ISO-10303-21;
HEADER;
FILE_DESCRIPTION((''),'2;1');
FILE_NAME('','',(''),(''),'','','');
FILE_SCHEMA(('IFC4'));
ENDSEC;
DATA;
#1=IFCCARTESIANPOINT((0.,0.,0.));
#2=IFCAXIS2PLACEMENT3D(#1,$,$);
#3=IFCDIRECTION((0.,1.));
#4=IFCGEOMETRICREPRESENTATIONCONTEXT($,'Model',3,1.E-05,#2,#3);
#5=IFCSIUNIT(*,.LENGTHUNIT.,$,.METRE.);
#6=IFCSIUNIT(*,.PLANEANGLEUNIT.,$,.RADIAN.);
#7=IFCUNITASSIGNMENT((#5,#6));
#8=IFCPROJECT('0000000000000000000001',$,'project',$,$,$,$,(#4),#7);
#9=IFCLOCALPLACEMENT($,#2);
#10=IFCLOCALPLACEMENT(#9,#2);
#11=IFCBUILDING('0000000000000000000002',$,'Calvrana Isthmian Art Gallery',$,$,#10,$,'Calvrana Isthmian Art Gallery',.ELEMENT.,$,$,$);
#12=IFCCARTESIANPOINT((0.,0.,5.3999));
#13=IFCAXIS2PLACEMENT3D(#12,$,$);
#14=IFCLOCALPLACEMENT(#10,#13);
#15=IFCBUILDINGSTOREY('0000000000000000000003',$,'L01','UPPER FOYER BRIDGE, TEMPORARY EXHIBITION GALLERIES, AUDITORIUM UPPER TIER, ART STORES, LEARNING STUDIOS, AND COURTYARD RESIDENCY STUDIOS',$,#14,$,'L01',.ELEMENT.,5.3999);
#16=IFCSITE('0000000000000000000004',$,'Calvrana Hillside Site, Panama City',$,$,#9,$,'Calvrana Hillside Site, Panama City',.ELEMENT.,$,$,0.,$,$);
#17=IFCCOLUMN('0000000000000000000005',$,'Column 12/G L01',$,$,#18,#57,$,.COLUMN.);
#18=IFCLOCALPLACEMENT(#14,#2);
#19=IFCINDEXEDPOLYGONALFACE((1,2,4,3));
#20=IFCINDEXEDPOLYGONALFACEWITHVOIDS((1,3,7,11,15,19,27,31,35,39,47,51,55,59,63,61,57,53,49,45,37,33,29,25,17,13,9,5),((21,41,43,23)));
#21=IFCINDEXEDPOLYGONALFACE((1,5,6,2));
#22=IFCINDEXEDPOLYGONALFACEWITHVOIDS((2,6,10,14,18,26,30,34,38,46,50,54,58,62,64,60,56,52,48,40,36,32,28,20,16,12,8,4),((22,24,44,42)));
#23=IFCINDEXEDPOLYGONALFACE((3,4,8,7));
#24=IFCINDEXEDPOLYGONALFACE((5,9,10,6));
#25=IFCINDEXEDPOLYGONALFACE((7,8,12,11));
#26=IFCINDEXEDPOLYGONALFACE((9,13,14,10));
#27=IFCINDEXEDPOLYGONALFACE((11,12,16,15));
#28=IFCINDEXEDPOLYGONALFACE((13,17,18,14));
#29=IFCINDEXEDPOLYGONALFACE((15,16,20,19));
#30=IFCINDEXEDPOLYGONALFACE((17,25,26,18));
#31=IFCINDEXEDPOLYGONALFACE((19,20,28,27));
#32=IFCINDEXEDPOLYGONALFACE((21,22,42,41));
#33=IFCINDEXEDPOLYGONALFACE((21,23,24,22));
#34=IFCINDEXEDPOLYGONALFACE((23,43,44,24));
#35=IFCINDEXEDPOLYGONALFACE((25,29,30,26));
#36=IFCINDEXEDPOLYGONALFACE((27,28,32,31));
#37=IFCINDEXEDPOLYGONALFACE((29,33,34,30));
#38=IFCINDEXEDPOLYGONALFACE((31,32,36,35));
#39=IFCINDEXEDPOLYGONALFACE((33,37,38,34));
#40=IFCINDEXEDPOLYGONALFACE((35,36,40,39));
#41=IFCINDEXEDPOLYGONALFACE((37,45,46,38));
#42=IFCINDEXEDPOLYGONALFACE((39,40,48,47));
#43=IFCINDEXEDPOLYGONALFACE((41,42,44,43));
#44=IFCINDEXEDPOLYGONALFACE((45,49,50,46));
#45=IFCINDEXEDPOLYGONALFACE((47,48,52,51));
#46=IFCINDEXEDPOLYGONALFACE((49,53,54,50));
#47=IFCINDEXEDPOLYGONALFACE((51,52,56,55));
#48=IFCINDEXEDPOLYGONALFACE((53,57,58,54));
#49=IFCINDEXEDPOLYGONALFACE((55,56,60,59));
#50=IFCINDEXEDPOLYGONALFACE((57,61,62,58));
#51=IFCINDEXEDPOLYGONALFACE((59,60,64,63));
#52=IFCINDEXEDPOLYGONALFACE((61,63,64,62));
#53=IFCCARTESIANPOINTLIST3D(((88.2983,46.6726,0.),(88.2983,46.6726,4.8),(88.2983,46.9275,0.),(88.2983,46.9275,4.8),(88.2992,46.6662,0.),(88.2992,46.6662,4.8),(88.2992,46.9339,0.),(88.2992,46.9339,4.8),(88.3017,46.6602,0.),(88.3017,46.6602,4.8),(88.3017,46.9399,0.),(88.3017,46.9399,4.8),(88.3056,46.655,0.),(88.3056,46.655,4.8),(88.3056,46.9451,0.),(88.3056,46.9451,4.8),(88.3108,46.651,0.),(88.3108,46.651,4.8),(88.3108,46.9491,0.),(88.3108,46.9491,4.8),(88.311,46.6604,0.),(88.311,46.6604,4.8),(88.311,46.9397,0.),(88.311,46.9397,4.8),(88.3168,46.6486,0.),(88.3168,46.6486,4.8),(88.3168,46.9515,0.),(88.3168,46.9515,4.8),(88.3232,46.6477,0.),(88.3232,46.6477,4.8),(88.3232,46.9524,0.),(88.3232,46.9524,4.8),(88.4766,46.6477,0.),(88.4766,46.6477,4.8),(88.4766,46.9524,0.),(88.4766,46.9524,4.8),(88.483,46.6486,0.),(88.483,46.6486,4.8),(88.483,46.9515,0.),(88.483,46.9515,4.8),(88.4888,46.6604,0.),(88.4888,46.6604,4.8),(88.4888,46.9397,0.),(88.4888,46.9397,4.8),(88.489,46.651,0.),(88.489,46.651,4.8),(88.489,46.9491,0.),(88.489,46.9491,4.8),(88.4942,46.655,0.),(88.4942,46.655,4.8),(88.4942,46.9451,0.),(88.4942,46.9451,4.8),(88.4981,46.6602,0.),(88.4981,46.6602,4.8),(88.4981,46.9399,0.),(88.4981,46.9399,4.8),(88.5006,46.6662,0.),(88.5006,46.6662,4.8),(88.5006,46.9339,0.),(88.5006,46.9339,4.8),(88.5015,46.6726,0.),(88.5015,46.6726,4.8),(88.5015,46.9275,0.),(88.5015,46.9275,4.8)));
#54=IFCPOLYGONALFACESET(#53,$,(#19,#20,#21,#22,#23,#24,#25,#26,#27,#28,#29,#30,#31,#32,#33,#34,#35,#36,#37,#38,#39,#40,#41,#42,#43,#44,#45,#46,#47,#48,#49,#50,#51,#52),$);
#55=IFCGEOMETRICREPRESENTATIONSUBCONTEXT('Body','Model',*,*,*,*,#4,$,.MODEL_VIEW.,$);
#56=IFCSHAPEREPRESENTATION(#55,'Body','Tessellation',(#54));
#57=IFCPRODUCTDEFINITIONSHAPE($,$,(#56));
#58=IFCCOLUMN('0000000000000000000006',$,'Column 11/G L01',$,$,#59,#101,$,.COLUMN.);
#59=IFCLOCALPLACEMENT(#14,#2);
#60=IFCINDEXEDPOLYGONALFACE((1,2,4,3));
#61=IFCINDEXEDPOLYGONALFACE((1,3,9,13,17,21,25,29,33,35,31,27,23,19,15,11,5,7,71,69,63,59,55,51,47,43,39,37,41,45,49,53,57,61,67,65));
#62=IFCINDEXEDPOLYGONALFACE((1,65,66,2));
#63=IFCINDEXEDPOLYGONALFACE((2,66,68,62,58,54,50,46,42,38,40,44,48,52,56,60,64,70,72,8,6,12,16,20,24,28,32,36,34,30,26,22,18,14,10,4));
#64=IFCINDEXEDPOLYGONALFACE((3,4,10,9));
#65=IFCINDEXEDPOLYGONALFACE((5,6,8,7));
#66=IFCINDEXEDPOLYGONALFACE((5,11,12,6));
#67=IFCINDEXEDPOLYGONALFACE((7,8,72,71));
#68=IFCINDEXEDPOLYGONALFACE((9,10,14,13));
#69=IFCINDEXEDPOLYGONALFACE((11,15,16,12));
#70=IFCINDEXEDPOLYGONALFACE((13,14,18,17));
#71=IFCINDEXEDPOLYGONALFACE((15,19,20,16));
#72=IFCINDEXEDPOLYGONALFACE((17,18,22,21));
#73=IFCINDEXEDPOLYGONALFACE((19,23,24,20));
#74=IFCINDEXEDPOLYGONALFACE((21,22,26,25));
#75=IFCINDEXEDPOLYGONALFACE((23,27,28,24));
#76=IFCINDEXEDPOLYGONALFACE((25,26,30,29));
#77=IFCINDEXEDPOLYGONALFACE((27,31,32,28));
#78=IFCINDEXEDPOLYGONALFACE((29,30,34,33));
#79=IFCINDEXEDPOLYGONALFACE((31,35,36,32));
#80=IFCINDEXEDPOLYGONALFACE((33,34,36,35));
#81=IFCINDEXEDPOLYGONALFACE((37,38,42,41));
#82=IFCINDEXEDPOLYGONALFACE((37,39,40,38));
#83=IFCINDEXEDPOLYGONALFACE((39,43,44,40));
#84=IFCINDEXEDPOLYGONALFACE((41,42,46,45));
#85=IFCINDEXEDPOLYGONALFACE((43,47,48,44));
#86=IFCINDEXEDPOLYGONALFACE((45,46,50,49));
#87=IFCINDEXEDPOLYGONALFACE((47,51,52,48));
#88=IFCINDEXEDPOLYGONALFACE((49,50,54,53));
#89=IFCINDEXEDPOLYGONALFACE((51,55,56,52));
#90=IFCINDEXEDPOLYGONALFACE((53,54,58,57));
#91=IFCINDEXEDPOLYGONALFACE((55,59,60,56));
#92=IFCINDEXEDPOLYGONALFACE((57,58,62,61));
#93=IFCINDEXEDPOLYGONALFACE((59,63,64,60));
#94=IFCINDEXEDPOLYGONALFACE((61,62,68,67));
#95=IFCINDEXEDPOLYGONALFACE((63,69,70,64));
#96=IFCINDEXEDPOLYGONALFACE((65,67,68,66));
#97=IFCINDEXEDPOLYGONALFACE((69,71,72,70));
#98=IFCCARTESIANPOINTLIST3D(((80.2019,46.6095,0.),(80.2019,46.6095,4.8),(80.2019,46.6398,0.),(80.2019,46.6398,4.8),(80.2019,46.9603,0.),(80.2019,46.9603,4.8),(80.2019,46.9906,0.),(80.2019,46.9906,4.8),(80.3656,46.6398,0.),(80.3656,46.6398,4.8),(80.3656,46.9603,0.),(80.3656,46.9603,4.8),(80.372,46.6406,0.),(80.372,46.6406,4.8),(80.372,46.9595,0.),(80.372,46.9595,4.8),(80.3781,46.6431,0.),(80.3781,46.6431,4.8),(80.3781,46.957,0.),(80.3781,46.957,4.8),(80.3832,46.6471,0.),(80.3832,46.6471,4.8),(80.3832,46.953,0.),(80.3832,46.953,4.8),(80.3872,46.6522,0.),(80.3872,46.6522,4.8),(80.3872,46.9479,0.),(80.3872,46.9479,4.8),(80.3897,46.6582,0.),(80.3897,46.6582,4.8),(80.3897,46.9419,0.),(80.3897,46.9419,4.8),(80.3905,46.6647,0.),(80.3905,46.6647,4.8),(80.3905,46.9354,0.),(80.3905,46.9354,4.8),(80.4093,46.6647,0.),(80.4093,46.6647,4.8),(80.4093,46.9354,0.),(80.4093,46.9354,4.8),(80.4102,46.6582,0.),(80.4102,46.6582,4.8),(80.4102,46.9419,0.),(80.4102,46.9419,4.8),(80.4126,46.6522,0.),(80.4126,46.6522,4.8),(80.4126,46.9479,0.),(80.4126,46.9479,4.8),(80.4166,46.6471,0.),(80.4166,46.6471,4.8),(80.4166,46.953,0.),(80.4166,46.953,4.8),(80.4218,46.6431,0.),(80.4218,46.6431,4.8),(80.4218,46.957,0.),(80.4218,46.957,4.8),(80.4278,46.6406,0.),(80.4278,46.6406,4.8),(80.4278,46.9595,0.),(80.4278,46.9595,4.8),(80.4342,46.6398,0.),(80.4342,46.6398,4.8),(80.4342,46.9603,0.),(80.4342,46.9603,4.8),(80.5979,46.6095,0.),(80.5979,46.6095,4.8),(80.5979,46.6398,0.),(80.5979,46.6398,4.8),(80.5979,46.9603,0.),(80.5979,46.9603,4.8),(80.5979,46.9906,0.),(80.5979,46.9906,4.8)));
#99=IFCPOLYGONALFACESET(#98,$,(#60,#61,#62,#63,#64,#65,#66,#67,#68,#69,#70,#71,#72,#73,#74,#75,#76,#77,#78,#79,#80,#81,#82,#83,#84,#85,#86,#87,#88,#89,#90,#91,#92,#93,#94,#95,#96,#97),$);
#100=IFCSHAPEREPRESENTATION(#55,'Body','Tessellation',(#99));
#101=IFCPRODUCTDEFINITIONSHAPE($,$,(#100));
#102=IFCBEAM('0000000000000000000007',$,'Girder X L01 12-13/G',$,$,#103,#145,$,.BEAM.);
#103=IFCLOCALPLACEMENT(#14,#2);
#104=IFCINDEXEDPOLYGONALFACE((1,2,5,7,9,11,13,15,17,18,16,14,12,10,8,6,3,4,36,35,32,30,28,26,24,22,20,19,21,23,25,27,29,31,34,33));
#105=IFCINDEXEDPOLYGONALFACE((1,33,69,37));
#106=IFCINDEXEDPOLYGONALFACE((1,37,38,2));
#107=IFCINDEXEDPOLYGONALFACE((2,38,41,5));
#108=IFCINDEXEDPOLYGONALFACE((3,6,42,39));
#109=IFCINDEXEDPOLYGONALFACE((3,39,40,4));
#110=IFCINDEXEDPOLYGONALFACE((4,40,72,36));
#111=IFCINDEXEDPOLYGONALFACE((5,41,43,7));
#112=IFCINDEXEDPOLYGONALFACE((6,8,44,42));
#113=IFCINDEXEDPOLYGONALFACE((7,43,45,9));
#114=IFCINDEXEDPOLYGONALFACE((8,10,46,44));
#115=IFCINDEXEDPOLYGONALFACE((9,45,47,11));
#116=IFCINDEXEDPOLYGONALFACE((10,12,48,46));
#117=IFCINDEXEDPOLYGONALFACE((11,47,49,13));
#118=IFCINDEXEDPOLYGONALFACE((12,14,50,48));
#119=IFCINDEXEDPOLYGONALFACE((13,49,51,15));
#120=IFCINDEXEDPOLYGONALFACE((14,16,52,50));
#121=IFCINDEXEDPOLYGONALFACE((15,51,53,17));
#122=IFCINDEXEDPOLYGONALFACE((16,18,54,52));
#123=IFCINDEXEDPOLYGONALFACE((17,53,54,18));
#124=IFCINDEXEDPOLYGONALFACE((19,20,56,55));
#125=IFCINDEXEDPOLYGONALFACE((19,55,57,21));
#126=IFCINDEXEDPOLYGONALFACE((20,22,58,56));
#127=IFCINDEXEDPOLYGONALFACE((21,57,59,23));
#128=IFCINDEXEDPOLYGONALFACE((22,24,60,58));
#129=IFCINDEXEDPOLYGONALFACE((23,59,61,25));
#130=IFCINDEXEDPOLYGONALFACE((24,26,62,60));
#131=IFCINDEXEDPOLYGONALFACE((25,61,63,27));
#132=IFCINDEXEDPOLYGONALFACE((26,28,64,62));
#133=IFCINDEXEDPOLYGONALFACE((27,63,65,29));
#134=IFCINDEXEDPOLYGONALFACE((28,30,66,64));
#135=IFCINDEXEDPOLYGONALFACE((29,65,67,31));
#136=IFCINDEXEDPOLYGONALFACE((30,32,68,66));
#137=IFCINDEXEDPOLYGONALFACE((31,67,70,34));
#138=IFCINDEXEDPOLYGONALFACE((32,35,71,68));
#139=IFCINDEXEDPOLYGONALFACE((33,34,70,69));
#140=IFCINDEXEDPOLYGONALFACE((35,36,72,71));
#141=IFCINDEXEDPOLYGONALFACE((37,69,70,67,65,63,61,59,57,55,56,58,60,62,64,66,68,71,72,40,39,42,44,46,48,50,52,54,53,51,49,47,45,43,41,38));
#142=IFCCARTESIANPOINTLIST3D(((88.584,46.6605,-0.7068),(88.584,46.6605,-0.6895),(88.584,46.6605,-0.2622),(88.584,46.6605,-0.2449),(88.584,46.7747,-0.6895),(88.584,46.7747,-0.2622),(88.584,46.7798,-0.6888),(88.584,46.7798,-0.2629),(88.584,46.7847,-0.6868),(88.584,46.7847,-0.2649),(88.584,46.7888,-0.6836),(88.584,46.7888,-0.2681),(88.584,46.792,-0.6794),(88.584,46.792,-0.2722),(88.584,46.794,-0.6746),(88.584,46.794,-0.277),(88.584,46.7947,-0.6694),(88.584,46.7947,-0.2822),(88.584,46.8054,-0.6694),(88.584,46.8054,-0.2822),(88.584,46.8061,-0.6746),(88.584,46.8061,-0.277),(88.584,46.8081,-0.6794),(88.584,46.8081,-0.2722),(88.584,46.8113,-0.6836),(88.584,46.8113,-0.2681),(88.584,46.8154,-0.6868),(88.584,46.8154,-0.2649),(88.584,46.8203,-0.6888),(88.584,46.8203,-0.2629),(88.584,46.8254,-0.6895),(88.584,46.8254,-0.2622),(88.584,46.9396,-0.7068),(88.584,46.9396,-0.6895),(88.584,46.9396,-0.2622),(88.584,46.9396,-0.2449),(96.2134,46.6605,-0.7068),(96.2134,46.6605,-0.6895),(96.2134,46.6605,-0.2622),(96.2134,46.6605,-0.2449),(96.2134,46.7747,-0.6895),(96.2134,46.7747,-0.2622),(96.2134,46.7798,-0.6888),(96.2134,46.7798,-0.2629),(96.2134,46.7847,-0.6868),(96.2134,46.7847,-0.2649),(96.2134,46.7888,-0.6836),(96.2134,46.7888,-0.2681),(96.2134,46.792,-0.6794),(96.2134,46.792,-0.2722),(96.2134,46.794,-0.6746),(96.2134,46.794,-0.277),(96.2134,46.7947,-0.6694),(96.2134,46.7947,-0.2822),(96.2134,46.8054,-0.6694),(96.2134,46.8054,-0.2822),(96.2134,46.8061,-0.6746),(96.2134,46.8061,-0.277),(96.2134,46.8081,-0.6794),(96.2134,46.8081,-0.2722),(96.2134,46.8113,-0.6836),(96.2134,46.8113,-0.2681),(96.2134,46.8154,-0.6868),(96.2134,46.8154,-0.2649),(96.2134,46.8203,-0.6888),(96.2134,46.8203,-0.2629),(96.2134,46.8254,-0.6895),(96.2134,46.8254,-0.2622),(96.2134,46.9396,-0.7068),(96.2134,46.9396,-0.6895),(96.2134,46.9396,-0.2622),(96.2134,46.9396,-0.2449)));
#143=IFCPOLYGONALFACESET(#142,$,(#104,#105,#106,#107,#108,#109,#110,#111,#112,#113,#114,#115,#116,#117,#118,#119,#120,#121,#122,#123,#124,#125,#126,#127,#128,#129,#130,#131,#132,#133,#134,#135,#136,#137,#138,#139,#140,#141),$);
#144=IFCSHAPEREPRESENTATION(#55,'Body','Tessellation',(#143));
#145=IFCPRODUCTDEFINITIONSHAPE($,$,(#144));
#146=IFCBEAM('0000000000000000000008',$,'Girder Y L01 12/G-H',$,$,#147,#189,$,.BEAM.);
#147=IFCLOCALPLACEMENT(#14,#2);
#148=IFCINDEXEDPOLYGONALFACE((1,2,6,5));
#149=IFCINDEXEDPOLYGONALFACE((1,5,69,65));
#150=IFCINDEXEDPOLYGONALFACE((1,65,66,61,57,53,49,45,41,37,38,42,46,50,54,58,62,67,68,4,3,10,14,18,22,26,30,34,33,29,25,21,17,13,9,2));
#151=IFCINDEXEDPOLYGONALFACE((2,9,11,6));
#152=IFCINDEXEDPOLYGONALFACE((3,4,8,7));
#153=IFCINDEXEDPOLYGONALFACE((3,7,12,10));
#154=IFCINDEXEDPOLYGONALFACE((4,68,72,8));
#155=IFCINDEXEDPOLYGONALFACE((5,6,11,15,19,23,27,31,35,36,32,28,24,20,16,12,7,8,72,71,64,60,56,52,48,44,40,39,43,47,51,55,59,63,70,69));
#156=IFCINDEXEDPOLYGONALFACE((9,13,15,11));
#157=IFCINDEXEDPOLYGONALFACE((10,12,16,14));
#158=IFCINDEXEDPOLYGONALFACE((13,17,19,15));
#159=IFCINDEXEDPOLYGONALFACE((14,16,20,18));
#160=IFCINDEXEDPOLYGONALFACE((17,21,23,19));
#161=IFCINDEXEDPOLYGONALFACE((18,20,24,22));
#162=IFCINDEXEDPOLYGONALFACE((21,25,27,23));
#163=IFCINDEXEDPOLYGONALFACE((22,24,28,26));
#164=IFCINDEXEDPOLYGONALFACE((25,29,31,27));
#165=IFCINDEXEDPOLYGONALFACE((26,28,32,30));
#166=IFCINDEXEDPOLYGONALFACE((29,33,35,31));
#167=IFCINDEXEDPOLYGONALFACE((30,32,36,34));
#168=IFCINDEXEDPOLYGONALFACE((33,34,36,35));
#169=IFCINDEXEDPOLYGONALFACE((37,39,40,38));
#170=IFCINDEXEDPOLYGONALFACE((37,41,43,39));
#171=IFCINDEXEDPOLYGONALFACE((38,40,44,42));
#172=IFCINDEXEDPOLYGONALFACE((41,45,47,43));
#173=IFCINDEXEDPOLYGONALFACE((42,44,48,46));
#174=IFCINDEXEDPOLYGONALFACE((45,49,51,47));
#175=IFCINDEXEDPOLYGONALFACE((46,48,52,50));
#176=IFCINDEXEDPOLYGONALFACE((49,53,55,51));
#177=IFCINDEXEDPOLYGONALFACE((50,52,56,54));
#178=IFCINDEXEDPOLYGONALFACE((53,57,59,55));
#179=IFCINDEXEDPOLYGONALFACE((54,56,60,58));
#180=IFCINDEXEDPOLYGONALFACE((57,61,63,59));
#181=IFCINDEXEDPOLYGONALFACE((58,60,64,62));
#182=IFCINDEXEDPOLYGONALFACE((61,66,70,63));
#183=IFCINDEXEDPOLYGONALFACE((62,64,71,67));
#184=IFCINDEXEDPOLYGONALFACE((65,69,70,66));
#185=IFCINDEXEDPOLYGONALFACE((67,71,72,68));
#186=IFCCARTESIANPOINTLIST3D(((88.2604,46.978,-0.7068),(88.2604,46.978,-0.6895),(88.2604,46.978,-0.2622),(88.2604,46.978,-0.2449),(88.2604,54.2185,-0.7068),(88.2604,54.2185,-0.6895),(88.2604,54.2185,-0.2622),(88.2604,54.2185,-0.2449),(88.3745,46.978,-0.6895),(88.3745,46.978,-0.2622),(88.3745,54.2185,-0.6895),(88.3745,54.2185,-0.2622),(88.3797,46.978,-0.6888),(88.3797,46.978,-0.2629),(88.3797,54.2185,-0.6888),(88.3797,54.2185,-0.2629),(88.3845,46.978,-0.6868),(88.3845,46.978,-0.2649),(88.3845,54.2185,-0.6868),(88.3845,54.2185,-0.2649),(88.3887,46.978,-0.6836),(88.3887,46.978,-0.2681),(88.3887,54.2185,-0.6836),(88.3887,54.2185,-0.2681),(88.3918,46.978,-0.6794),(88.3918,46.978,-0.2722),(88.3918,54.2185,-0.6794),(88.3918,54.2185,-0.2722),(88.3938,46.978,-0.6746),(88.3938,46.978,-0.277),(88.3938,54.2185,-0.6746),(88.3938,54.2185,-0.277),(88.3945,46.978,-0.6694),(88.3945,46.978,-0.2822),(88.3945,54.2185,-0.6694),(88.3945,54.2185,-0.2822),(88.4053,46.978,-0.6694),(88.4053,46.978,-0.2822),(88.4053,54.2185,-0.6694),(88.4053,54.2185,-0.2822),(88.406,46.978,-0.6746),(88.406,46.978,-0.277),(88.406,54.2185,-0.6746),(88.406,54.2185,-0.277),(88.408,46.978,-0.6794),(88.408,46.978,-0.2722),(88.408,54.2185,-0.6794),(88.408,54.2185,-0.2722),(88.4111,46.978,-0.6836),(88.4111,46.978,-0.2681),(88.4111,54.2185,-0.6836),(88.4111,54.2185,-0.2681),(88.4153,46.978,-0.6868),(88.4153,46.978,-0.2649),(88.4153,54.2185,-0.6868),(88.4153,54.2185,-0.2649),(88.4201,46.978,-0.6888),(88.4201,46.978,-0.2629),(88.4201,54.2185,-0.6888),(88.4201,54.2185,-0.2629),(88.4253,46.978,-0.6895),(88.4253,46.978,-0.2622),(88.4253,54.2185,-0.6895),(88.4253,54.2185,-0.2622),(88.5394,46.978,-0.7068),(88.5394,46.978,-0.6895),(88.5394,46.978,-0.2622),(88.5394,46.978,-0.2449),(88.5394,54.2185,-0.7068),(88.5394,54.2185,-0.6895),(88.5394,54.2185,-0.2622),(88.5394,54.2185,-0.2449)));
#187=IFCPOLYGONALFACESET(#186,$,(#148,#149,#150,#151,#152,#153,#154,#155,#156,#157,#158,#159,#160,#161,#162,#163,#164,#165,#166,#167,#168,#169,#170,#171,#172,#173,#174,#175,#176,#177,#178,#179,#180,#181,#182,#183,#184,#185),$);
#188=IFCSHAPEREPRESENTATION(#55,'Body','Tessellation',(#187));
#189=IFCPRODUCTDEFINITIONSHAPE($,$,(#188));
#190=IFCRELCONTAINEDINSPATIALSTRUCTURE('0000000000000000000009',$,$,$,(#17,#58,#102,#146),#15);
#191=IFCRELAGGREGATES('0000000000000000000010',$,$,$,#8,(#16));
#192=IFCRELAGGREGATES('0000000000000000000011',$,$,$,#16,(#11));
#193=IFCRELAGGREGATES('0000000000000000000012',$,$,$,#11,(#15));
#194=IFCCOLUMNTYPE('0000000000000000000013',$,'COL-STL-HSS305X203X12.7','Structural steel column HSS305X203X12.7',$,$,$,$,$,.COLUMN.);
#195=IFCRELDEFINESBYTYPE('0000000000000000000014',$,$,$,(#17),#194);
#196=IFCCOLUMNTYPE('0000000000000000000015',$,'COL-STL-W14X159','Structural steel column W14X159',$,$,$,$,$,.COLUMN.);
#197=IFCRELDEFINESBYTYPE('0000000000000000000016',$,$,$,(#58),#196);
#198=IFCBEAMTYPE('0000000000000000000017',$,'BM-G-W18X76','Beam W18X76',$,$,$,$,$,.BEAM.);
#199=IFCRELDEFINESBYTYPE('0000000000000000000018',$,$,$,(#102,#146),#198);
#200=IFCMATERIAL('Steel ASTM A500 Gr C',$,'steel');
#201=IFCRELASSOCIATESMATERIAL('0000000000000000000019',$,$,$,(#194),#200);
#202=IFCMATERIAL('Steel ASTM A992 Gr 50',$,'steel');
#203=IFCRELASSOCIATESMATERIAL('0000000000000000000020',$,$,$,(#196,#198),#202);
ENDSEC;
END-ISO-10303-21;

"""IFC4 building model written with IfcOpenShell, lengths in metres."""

from ifc_helpers import new_model, si_unit, direction, frame, origin, origin_2d, place, context, subcontext, project, spatial, hollow_rectangle, i_section, extrude, material, material_profile, profile_set, type_object, element, save


model = new_model("IFC4")

# Units and contexts
model_context = context("Model", 3, precision=1e-05, world=origin(), true_north=direction((0.0, 1.0)))
body_context = subcontext(model_context, "Body", "Model", "MODEL_VIEW")
ifc_project = project(units=[si_unit("LENGTHUNIT", "METRE"), si_unit("PLANEANGLEUNIT", "RADIAN")], contexts=[model_context])

# Site, building, storey
site_placement = place(None, origin())
site = spatial("IfcSite", under=ifc_project, at=site_placement, Name="Calvrana Hillside Site, Panama City", LongName="Calvrana Hillside Site, Panama City", CompositionType="ELEMENT", RefElevation=0.0)
building_placement = place(site_placement, origin())
building = spatial("IfcBuilding", under=site, at=building_placement, Name="Calvrana Isthmian Art Gallery", LongName="Calvrana Isthmian Art Gallery", CompositionType="ELEMENT")
storey_placement = place(building_placement, frame((0.0, 0.0, 5.3999)))
storey = spatial("IfcBuildingStorey", under=building, at=storey_placement, Name="L01", Description="UPPER FOYER BRIDGE, TEMPORARY EXHIBITION GALLERIES, AUDITORIUM UPPER TIER, ART STORES, LEARNING STUDIOS, AND COURTYARD RESIDENCY STUDIOS", LongName="L01", CompositionType="ELEMENT", Elevation=5.3999)

# Columns
ifc_material_1 = material(Name="Steel ASTM A500 Gr C", Category="steel")
ifc_material_profile_1 = material_profile(ifc_material_1, hollow_rectangle(XDim=0.2031, YDim=0.3047, WallThickness=0.0127, OuterFilletRadius=0.0249, at=origin_2d()), Name="HSS305X203X12.7")
ifc_profile_set_1 = profile_set([ifc_material_profile_1], Name="Steel ASTM A500 Gr C")
column_type_1 = type_object("IfcColumnType", Name="COL-STL-HSS305X203X12.7", Description="Structural steel column HSS305X203X12.7", PredefinedType="COLUMN", material=ifc_profile_set_1)
column_1_placement = place(storey_placement, frame((88.3999, 46.8, 0.0), z_axis=(0.0, 0.0, 1.0), x_axis=(1.0, 0.0, 0.0)))
element("IfcColumn", 1, at=column_1_placement, inside=storey, type_object=column_type_1, Name="Column 12/G L01", PredefinedType="COLUMN", context=body_context, shape_type="SweptSolid", body=[
    extrude(hollow_rectangle(XDim=0.2031, YDim=0.3047, WallThickness=0.0127, OuterFilletRadius=0.0249, at=origin_2d()), origin(), (0.0, 0.0, 1.0), 4.8),
])
ifc_material_2 = material(Name="Steel ASTM A992 Gr 50", Category="steel")
ifc_material_profile_2 = material_profile(ifc_material_2, i_section(OverallWidth=0.396, OverallDepth=0.3811, WebThickness=0.0188, FlangeThickness=0.0303, FilletRadius=0.0249, at=origin_2d()), Name="W14X159")
ifc_profile_set_2 = profile_set([ifc_material_profile_2], Name="Steel ASTM A992 Gr 50")
column_type_2 = type_object("IfcColumnType", Name="COL-STL-W14X159", Description="Structural steel column W14X159", PredefinedType="COLUMN", material=ifc_profile_set_2)
column_2_placement = place(storey_placement, frame((80.3999, 46.8, 0.0), z_axis=(0.0, 0.0, 1.0), x_axis=(1.0, 0.0, 0.0)))
element("IfcColumn", 2, at=column_2_placement, inside=storey, type_object=column_type_2, Name="Column 11/G L01", PredefinedType="COLUMN", context=body_context, shape_type="SweptSolid", body=[
    extrude(i_section(OverallWidth=0.396, OverallDepth=0.3811, WebThickness=0.0188, FlangeThickness=0.0303, FilletRadius=0.0249, at=origin_2d()), origin(), (0.0, 0.0, 1.0), 4.8),
])

# Beams
ifc_material_profile_3 = material_profile(ifc_material_2, i_section(OverallWidth=0.2791, OverallDepth=0.4619, WebThickness=0.0107, FlangeThickness=0.0173, FilletRadius=0.02, at=origin_2d()), Name="W18X76")
ifc_profile_set_3 = profile_set([ifc_material_profile_3], Name="Steel ASTM A992 Gr 50")
beam_type_1 = type_object("IfcBeamType", Name="BM-G-W18X76", Description="Beam W18X76", PredefinedType="BEAM", material=ifc_profile_set_3)
beam_1_placement = place(storey_placement, frame((88.584, 46.8, -0.4758), z_axis=(1.0, 0.0, 0.0), x_axis=(0.0, 1.0, 0.0)))
element("IfcBeam", 3, at=beam_1_placement, inside=storey, type_object=beam_type_1, Name="Girder X L01 12-13/G", PredefinedType="BEAM", context=body_context, shape_type="SweptSolid", body=[
    extrude(i_section(OverallWidth=0.2791, OverallDepth=0.4619, WebThickness=0.0107, FlangeThickness=0.0173, FilletRadius=0.02, at=origin_2d()), origin(), (0.0, 0.0, 1.0), 7.6294),
])
beam_2_placement = place(storey_placement, frame((88.3999, 46.978, -0.4758), z_axis=(0.0, 1.0, 0.0), x_axis=(-1.0, 0.0, 0.0)))
element("IfcBeam", 4, at=beam_2_placement, inside=storey, type_object=beam_type_1, Name="Girder Y L01 12/G-H", PredefinedType="BEAM", context=body_context, shape_type="SweptSolid", body=[
    extrude(i_section(OverallWidth=0.2791, OverallDepth=0.4619, WebThickness=0.0107, FlangeThickness=0.0173, FilletRadius=0.02, at=origin_2d()), origin(), (0.0, 0.0, 1.0), 7.2405),
])

save(model, "model.ifc")
